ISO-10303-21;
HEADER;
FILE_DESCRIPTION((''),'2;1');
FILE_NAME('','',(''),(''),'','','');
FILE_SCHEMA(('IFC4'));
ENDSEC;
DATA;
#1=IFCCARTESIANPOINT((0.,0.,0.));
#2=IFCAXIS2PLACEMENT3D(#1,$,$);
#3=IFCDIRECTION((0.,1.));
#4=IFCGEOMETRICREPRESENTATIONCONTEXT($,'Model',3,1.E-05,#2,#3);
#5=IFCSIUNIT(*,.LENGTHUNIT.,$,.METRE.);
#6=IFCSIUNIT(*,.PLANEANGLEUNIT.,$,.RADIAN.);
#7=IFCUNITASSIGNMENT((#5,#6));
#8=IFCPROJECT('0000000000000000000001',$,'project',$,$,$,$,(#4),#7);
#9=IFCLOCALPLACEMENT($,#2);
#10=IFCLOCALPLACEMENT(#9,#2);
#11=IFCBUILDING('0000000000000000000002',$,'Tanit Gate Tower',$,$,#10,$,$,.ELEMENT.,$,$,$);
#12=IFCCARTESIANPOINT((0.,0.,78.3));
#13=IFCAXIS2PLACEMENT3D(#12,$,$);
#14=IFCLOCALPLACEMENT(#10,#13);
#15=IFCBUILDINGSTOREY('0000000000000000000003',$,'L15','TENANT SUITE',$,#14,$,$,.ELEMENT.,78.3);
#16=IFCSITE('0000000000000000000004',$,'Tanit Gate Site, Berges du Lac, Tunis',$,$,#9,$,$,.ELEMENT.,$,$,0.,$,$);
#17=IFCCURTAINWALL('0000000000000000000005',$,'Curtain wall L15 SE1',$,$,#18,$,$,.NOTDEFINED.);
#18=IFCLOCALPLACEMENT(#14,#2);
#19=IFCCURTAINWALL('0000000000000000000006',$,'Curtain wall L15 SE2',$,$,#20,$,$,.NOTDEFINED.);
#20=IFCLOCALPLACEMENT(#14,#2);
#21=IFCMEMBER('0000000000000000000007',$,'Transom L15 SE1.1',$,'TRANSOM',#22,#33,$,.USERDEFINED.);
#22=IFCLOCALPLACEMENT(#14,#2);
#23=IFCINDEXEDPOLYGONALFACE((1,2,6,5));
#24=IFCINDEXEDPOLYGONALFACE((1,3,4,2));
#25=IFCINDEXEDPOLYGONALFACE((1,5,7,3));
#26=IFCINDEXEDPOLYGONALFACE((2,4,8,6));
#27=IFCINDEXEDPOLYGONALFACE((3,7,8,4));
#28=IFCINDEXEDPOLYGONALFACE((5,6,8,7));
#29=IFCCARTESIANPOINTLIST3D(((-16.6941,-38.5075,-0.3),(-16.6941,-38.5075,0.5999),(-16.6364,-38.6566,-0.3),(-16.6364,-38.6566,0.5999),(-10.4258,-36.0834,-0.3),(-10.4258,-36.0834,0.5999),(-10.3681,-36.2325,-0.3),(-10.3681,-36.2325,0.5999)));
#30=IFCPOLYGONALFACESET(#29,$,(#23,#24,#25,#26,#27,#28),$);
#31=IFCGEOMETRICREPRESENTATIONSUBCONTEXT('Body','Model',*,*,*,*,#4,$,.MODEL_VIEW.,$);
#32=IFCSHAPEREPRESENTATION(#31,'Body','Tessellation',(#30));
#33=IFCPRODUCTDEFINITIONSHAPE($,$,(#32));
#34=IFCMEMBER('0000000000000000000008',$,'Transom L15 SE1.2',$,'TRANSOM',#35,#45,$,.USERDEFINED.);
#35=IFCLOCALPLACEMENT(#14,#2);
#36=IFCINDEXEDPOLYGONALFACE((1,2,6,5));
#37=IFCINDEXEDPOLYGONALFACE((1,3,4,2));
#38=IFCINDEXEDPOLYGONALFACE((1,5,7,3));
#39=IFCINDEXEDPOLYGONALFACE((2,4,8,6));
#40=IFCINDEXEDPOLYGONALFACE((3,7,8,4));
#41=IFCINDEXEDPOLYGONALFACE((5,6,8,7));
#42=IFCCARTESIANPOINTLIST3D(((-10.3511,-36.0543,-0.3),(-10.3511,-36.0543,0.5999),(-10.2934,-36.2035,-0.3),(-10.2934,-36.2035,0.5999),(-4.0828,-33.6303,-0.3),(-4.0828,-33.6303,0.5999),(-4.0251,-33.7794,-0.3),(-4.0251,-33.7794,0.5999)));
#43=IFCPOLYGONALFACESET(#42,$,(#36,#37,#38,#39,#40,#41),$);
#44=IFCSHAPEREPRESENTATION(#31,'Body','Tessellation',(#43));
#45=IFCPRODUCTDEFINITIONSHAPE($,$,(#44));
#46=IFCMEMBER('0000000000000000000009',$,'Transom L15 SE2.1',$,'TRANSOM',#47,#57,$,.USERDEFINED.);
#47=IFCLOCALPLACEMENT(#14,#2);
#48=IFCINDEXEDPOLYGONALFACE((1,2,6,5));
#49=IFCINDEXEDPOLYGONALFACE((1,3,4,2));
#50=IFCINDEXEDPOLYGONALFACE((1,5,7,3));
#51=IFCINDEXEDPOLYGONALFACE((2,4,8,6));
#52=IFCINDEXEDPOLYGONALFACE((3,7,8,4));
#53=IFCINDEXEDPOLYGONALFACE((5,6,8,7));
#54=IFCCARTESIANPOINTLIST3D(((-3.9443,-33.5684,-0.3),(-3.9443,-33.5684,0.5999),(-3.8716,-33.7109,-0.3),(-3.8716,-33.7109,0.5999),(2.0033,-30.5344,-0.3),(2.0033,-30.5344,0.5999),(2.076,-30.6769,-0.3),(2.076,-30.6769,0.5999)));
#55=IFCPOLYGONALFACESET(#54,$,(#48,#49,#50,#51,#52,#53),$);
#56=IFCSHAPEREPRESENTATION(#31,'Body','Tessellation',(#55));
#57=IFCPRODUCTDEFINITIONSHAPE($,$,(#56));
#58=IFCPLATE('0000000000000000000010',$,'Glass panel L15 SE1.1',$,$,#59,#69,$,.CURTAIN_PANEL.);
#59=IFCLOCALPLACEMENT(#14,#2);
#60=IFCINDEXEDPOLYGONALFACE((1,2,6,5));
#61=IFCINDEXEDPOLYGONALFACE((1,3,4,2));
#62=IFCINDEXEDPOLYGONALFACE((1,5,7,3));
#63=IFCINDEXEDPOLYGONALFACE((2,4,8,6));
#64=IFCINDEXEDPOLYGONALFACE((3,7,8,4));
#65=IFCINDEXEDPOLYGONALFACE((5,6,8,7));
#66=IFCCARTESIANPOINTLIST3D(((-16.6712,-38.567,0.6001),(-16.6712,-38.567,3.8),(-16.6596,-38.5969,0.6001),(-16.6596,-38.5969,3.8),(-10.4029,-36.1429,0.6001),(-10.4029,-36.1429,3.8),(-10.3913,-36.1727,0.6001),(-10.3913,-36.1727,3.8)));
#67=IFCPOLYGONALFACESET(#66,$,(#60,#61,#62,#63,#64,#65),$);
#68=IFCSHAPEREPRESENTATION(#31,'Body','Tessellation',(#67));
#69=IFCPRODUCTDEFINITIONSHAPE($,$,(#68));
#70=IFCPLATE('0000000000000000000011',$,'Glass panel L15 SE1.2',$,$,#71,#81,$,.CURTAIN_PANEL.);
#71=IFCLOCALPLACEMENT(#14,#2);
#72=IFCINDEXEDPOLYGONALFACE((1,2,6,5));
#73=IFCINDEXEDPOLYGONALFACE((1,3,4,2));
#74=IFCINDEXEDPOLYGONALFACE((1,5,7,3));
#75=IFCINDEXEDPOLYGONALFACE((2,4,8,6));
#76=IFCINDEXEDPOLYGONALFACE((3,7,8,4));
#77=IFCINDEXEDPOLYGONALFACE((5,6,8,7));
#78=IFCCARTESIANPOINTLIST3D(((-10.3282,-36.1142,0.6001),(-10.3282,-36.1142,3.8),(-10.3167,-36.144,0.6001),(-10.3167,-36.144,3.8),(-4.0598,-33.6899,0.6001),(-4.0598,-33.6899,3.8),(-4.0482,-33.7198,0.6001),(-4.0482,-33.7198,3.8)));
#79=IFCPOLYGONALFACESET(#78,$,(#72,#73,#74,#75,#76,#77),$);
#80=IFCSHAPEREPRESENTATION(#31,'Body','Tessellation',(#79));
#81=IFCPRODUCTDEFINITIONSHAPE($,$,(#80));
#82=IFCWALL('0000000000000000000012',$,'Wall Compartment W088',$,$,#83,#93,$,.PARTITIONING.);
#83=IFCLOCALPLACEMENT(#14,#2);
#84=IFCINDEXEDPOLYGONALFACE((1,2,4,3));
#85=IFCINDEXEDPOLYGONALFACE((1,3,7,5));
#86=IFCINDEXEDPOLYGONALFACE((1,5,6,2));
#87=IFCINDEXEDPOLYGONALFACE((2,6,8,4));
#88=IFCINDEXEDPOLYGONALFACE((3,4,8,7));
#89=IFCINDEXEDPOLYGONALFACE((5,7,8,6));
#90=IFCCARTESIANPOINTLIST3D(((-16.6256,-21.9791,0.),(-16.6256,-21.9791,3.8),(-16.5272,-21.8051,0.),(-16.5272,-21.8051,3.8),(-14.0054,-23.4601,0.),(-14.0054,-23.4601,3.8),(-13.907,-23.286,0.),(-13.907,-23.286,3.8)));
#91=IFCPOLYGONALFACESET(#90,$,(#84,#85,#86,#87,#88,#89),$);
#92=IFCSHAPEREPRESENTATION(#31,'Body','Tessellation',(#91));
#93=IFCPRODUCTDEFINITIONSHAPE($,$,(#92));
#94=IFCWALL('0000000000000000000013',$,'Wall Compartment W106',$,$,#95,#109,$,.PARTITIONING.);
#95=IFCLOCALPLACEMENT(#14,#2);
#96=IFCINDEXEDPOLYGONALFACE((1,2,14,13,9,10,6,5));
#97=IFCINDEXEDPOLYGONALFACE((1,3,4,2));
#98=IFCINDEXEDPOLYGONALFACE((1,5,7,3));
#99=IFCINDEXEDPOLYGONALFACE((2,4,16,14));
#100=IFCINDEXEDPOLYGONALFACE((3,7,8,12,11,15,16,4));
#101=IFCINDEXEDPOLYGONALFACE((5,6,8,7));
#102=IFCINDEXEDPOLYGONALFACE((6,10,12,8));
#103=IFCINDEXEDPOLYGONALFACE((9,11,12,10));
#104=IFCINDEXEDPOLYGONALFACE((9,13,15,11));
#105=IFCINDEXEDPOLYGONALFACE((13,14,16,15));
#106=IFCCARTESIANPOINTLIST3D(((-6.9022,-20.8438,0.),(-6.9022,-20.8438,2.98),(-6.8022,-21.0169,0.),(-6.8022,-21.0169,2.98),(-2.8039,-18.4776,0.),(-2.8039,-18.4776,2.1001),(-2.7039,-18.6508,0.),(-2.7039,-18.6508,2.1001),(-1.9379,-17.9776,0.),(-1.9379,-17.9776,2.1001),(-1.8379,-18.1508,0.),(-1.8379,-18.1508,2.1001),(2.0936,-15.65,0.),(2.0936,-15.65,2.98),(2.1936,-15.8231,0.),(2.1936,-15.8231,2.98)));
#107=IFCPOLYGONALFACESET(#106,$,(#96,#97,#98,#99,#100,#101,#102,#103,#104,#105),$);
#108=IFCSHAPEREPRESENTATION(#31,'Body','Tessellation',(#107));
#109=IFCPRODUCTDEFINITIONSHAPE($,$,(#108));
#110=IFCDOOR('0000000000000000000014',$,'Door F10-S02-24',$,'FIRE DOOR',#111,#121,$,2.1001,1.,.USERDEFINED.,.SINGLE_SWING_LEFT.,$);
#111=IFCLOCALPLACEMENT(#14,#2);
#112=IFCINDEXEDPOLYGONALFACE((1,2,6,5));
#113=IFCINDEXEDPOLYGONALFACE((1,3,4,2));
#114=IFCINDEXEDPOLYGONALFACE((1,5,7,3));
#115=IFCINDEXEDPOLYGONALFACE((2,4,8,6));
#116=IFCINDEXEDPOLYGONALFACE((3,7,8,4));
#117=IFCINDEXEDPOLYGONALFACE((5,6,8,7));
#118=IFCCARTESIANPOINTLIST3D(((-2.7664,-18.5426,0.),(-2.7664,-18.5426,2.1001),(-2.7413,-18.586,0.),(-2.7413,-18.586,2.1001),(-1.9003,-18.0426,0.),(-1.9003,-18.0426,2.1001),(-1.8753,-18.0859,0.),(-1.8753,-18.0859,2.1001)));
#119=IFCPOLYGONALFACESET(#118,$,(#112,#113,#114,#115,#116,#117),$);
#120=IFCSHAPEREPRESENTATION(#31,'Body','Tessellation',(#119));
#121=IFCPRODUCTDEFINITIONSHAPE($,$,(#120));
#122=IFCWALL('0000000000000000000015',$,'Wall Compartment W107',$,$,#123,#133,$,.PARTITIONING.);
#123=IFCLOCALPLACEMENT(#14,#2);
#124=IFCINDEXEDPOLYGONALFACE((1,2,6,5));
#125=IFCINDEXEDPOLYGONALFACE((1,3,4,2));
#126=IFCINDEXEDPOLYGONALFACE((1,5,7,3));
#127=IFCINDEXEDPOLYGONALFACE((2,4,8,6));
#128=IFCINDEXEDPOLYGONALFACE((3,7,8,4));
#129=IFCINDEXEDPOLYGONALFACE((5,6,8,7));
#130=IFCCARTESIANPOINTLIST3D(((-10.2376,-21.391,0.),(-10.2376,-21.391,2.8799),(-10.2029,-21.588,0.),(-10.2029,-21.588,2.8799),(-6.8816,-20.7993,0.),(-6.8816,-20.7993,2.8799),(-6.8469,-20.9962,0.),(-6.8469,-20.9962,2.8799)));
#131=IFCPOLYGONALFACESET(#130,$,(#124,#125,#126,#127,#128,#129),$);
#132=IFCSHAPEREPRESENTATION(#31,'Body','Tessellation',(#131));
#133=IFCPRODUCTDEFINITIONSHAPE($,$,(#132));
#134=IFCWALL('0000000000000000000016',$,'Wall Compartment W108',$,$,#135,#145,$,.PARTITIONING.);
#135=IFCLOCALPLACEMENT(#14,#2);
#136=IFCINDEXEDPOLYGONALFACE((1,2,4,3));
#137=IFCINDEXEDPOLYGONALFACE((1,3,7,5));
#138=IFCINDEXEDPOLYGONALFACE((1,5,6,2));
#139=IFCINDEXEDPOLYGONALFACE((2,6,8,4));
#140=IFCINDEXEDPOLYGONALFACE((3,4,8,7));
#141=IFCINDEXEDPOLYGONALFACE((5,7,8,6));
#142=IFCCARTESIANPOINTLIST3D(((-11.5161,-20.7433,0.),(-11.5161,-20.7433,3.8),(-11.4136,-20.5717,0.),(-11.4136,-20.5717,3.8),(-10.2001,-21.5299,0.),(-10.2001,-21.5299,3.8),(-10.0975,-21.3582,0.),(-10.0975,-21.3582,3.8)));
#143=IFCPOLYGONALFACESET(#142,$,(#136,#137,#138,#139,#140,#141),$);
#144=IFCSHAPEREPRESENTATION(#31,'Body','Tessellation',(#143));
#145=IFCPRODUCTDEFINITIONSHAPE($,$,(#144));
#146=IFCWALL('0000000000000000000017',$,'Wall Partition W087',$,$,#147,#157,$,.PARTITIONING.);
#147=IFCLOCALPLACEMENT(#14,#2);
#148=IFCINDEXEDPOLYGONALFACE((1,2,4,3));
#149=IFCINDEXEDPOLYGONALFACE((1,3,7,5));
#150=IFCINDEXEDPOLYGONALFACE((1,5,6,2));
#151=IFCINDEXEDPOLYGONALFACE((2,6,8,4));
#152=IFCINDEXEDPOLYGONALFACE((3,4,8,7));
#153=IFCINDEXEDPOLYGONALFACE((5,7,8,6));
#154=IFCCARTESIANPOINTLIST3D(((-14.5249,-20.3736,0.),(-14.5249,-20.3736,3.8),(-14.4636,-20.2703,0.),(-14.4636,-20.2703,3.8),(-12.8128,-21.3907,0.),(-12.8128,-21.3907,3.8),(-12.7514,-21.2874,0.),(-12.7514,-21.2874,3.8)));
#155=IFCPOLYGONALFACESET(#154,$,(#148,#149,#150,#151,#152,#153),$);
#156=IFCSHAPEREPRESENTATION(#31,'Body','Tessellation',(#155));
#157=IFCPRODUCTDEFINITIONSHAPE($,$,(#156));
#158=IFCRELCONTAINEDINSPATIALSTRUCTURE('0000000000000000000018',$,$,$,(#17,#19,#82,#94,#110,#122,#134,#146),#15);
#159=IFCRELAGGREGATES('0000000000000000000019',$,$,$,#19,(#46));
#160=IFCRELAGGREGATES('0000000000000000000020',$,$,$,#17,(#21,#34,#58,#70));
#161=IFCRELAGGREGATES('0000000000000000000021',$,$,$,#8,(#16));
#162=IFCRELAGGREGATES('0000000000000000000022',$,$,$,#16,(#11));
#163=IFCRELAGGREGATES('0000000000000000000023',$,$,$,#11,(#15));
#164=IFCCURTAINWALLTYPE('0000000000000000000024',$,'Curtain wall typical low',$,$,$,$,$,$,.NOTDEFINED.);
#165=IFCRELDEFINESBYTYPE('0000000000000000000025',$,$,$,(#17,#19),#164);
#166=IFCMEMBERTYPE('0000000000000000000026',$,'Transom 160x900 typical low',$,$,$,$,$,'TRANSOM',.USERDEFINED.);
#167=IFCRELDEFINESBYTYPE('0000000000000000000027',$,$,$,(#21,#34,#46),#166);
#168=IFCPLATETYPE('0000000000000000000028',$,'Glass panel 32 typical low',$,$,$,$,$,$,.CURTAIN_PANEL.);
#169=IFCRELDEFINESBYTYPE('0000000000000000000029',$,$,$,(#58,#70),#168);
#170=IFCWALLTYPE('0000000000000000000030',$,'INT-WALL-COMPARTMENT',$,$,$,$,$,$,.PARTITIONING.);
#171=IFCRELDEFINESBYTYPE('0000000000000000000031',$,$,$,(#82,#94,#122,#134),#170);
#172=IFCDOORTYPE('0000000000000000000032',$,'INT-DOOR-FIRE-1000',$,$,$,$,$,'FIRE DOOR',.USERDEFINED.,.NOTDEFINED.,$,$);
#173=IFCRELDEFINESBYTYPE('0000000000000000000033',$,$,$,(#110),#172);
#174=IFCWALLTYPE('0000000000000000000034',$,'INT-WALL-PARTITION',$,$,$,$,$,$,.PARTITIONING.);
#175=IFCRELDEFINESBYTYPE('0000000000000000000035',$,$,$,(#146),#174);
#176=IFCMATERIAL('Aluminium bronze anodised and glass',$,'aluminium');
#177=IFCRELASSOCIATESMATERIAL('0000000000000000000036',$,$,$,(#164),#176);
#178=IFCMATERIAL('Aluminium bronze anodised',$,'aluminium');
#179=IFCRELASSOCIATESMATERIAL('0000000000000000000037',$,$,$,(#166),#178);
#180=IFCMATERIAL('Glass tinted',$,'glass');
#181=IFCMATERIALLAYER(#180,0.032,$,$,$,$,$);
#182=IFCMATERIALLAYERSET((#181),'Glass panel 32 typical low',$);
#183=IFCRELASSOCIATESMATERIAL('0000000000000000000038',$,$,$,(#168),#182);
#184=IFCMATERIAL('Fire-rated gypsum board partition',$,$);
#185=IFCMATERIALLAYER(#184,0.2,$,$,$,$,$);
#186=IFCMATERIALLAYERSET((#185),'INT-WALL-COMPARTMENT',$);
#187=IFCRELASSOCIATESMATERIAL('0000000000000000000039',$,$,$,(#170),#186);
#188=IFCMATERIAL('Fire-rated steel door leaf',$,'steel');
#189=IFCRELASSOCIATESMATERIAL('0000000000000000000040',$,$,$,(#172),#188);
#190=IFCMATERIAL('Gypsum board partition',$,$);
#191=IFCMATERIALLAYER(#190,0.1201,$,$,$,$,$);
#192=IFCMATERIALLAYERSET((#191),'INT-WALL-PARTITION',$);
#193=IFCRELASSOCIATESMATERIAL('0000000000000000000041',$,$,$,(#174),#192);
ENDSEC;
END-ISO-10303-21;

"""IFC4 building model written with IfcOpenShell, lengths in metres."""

from ifc_helpers import new_model, si_unit, direction, frame, frame_2d, origin, origin_2d, place, context, subcontext, project, spatial, rectangle, extrude, material, layer, layer_set, material_profile, profile_set, type_object, element, fill, aggregate, save


model = new_model("IFC4")

# Units and contexts
model_context = context("Model", 3, precision=1e-05, world=origin(), true_north=direction((0.0, 1.0)))
body_context = subcontext(model_context, "Body", "Model", "MODEL_VIEW")
ifc_project = project(units=[si_unit("LENGTHUNIT", "METRE"), si_unit("PLANEANGLEUNIT", "RADIAN")], contexts=[model_context])

# Site, building, storey
site_placement = place(None, origin())
site = spatial("IfcSite", under=ifc_project, at=site_placement, Name="Tanit Gate Site, Berges du Lac, Tunis", CompositionType="ELEMENT", RefElevation=0.0)
building_placement = place(site_placement, origin())
building = spatial("IfcBuilding", under=site, at=building_placement, Name="Tanit Gate Tower", CompositionType="ELEMENT")
storey_placement = place(building_placement, frame((0.0, 0.0, 78.3)))
storey = spatial("IfcBuildingStorey", under=building, at=storey_placement, Name="L15", Description="TENANT SUITE", CompositionType="ELEMENT", Elevation=78.3)

# Curtain walls
ifc_material_1 = material(Name="Aluminium bronze anodised and glass", Category="aluminium")
curtain_wall_type = type_object("IfcCurtainWallType", Name="Curtain wall typical low", PredefinedType="NOTDEFINED", material=ifc_material_1)
curtain_wall_1_placement = place(storey_placement, origin())
curtain_wall_1 = element("IfcCurtainWall", 1, at=curtain_wall_1_placement, inside=storey, type_object=curtain_wall_type, Name="Curtain wall L15 SE1", PredefinedType="NOTDEFINED")
curtain_wall_2_placement = place(storey_placement, origin())
curtain_wall_2 = element("IfcCurtainWall", 2, at=curtain_wall_2_placement, inside=storey, type_object=curtain_wall_type, Name="Curtain wall L15 SE2", PredefinedType="NOTDEFINED")

# Members
ifc_material_2 = material(Name="Aluminium bronze anodised", Category="aluminium")
ifc_material_profile_1 = material_profile(ifc_material_2, rectangle(XDim=0.1599, YDim=0.8999, at=origin_2d()), Name="160x900 bronze transom")
ifc_profile_set_1 = profile_set([ifc_material_profile_1], Name="Aluminium bronze anodised")
member_type_1 = type_object("IfcMemberType", Name="Transom 160x900 typical low", ElementType="TRANSOM", PredefinedType="USERDEFINED", material=ifc_profile_set_1)
member_1_placement = place(storey_placement, frame((-16.6653, -38.582, 0.1499), z_axis=(0.932687, 0.360687, 0.0), x_axis=(-0.360687, 0.932687, 0.0)))
member_1 = element("IfcMember", 3, at=member_1_placement, type_object=member_type_1, Name="Transom L15 SE1.1", ObjectType="TRANSOM", PredefinedType="USERDEFINED", context=body_context, shape_type="SweptSolid", body=[
    extrude(rectangle(XDim=0.1599, YDim=0.8999, at=origin_2d()), origin(), (0.0, 0.0, 1.0), 6.7207),
])
member_2_placement = place(storey_placement, frame((-10.3223, -36.1289, 0.1499), z_axis=(0.932687, 0.360687, 0.0), x_axis=(-0.360687, 0.932687, 0.0)))
member_2 = element("IfcMember", 4, at=member_2_placement, type_object=member_type_1, Name="Transom L15 SE1.2", ObjectType="TRANSOM", PredefinedType="USERDEFINED", context=body_context, shape_type="SweptSolid", body=[
    extrude(rectangle(XDim=0.1599, YDim=0.8999, at=origin_2d()), origin(), (0.0, 0.0, 1.0), 6.7207),
])
member_3_placement = place(storey_placement, frame((-3.908, -33.6396, 0.1499), z_axis=(0.890793, 0.45441, 0.0), x_axis=(-0.45441, 0.890793, 0.0)))
member_3 = element("IfcMember", 5, at=member_3_placement, type_object=member_type_1, Name="Transom L15 SE2.1", ObjectType="TRANSOM", PredefinedType="USERDEFINED", context=body_context, shape_type="SweptSolid", body=[
    extrude(rectangle(XDim=0.1599, YDim=0.8999, at=origin_2d()), origin(), (0.0, 0.0, 1.0), 6.6768),
])
aggregate(curtain_wall_2, [member_3])

# Plates
ifc_material_3 = material(Name="Glass tinted", Category="glass")
ifc_layer_1 = layer(ifc_material_3, 0.032)
ifc_layer_set_1 = layer_set([ifc_layer_1], Name="Glass panel 32 typical low")
plate_type = type_object("IfcPlateType", Name="Glass panel 32 typical low", PredefinedType="CURTAIN_PANEL", material=ifc_layer_set_1)
plate_1_placement = place(storey_placement, frame((-13.5312, -37.3699, 0.6001), z_axis=(0.0, 0.0, 1.0), x_axis=(0.932681, 0.360703, 0.0)))
plate_1 = element("IfcPlate", 6, at=plate_1_placement, type_object=plate_type, Name="Glass panel L15 SE1.1", PredefinedType="CURTAIN_PANEL", context=body_context, shape_type="SweptSolid", body=[
    extrude(rectangle(XDim=6.7207, YDim=0.032, at=origin_2d()), origin(), (0.0, 0.0, 1.0), 3.2),
])
plate_2_placement = place(storey_placement, frame((-7.1882, -34.917, 0.6001), z_axis=(0.0, 0.0, 1.0), x_axis=(0.932681, 0.360703, 0.0)))
plate_2 = element("IfcPlate", 7, at=plate_2_placement, type_object=plate_type, Name="Glass panel L15 SE1.2", PredefinedType="CURTAIN_PANEL", context=body_context, shape_type="SweptSolid", body=[
    extrude(rectangle(XDim=6.7209, YDim=0.032, at=origin_2d()), origin(), (0.0, 0.0, 1.0), 3.2),
])
aggregate(curtain_wall_1, [member_1, member_2, plate_1, plate_2])

# Wall
ifc_material_4 = material(Name="Fire-rated gypsum board partition")
ifc_layer_2 = layer(ifc_material_4, 0.2)
ifc_layer_set_2 = layer_set([ifc_layer_2], Name="INT-WALL-COMPARTMENT")
wall_type_1 = type_object("IfcWallType", Name="INT-WALL-COMPARTMENT", PredefinedType="PARTITIONING", material=ifc_layer_set_2)
wall_1_placement = place(storey_placement, frame((-16.5764, -21.8921, 0.0), z_axis=(0.0, 0.0, 1.0), x_axis=(0.87056, -0.492063, 0.0)))
element("IfcWall", 8, at=wall_1_placement, inside=storey, type_object=wall_type_1, Name="Wall Compartment W088", PredefinedType="PARTITIONING", context=body_context, shape_type="SweptSolid", body=[
    extrude(rectangle(XDim=3.0098, YDim=0.2, at=frame_2d((1.5049, 0.0))), origin(), (0.0, 0.0, 1.0), 3.8),
])

# Wall, opening, door
wall_2_placement = place(storey_placement, frame((-6.8523, -20.9304, 0.0), z_axis=(0.0, 0.0, 1.0), x_axis=(0.866022, 0.500007, 0.0)))
wall_2 = element("IfcWall", 9, at=wall_2_placement, inside=storey, type_object=wall_type_1, Name="Wall Compartment W106", PredefinedType="PARTITIONING", context=body_context, shape_type="SweptSolid", body=[
    extrude(rectangle(XDim=10.3875, YDim=0.2, at=frame_2d((5.1938, 0.0))), origin(), (0.0, 0.0, 1.0), 2.98),
])
opening_1_placement = place(wall_2_placement, frame((4.7324, 0.0, 0.0)))
opening_1 = element("IfcOpeningElement", 10, at=opening_1_placement, cuts=wall_2, PredefinedType="OPENING", context=body_context, shape_type="SweptSolid", body=[
    extrude(rectangle(XDim=1.0, YDim=2.1001, at=frame_2d((0.5, 1.05))), frame((0.0, 0.1099, 0.0), z_axis=(0.0, -1.0, 0.0), x_axis=(1.0, 0.0, 0.0)), (0.0, 0.0, 1.0), 0.22),
])
ifc_material_5 = material(Name="Fire-rated steel door leaf", Category="steel")
door_type_1 = type_object("IfcDoorType", Name="INT-DOOR-FIRE-1000", ElementType="FIRE DOOR", OperationType="NOTDEFINED", PredefinedType="USERDEFINED", material=ifc_material_5)
door_1_placement = place(opening_1_placement, origin())
door_1 = element("IfcDoor", 11, at=door_1_placement, inside=storey, type_object=door_type_1, Name="Door F10-S02-24", ObjectType="FIRE DOOR", OperationType="SINGLE_SWING_LEFT", OverallHeight=2.1001, OverallWidth=1.0, PredefinedType="USERDEFINED", context=body_context, shape_type="SweptSolid", body=[
    extrude(rectangle(XDim=1.0, YDim=2.1001, at=frame_2d((0.5, 1.05))), frame((0.0, 0.0249, 0.0), z_axis=(0.0, -1.0, 0.0), x_axis=(1.0, 0.0, 0.0)), (0.0, 0.0, 1.0), 0.05),
])
fill(opening_1, door_1)

# Walls
wall_3_placement = place(storey_placement, frame((-10.2202, -21.4895, 0.0), z_axis=(0.0, 0.0, 1.0), x_axis=(0.984805, 0.173663, 0.0)))
element("IfcWall", 12, at=wall_3_placement, inside=storey, type_object=wall_type_1, Name="Wall Compartment W107", PredefinedType="PARTITIONING", context=body_context, shape_type="SweptSolid", body=[
    extrude(rectangle(XDim=3.4077, YDim=0.2, at=frame_2d((1.7039, 0.0))), origin(), (0.0, 0.0, 1.0), 2.8799),
])
wall_4_placement = place(storey_placement, frame((-11.4648, -20.6575, 0.0), z_axis=(0.0, 0.0, 1.0), x_axis=(0.858377, -0.51302, 0.0)))
element("IfcWall", 13, at=wall_4_placement, inside=storey, type_object=wall_type_1, Name="Wall Compartment W108", PredefinedType="PARTITIONING", context=body_context, shape_type="SweptSolid", body=[
    extrude(rectangle(XDim=1.5332, YDim=0.2, at=frame_2d((0.7666, 0.0))), origin(), (0.0, 0.0, 1.0), 3.8),
])
ifc_material_6 = material(Name="Gypsum board partition")
ifc_layer_3 = layer(ifc_material_6, 0.1201)
ifc_layer_set_3 = layer_set([ifc_layer_3], Name="INT-WALL-PARTITION")
wall_type_2 = type_object("IfcWallType", Name="INT-WALL-PARTITION", PredefinedType="PARTITIONING", material=ifc_layer_set_3)
wall_5_placement = place(storey_placement, frame((-14.4941, -20.322, 0.0), z_axis=(0.0, 0.0, 1.0), x_axis=(0.859745, -0.510723, 0.0)))
element("IfcWall", 14, at=wall_5_placement, inside=storey, type_object=wall_type_2, Name="Wall Partition W087", PredefinedType="PARTITIONING", context=body_context, shape_type="SweptSolid", body=[
    extrude(rectangle(XDim=1.9915, YDim=0.1201, at=frame_2d((0.9956, 0.0))), origin(), (0.0, 0.0, 1.0), 3.8),
])

save(model, "model.ifc")
